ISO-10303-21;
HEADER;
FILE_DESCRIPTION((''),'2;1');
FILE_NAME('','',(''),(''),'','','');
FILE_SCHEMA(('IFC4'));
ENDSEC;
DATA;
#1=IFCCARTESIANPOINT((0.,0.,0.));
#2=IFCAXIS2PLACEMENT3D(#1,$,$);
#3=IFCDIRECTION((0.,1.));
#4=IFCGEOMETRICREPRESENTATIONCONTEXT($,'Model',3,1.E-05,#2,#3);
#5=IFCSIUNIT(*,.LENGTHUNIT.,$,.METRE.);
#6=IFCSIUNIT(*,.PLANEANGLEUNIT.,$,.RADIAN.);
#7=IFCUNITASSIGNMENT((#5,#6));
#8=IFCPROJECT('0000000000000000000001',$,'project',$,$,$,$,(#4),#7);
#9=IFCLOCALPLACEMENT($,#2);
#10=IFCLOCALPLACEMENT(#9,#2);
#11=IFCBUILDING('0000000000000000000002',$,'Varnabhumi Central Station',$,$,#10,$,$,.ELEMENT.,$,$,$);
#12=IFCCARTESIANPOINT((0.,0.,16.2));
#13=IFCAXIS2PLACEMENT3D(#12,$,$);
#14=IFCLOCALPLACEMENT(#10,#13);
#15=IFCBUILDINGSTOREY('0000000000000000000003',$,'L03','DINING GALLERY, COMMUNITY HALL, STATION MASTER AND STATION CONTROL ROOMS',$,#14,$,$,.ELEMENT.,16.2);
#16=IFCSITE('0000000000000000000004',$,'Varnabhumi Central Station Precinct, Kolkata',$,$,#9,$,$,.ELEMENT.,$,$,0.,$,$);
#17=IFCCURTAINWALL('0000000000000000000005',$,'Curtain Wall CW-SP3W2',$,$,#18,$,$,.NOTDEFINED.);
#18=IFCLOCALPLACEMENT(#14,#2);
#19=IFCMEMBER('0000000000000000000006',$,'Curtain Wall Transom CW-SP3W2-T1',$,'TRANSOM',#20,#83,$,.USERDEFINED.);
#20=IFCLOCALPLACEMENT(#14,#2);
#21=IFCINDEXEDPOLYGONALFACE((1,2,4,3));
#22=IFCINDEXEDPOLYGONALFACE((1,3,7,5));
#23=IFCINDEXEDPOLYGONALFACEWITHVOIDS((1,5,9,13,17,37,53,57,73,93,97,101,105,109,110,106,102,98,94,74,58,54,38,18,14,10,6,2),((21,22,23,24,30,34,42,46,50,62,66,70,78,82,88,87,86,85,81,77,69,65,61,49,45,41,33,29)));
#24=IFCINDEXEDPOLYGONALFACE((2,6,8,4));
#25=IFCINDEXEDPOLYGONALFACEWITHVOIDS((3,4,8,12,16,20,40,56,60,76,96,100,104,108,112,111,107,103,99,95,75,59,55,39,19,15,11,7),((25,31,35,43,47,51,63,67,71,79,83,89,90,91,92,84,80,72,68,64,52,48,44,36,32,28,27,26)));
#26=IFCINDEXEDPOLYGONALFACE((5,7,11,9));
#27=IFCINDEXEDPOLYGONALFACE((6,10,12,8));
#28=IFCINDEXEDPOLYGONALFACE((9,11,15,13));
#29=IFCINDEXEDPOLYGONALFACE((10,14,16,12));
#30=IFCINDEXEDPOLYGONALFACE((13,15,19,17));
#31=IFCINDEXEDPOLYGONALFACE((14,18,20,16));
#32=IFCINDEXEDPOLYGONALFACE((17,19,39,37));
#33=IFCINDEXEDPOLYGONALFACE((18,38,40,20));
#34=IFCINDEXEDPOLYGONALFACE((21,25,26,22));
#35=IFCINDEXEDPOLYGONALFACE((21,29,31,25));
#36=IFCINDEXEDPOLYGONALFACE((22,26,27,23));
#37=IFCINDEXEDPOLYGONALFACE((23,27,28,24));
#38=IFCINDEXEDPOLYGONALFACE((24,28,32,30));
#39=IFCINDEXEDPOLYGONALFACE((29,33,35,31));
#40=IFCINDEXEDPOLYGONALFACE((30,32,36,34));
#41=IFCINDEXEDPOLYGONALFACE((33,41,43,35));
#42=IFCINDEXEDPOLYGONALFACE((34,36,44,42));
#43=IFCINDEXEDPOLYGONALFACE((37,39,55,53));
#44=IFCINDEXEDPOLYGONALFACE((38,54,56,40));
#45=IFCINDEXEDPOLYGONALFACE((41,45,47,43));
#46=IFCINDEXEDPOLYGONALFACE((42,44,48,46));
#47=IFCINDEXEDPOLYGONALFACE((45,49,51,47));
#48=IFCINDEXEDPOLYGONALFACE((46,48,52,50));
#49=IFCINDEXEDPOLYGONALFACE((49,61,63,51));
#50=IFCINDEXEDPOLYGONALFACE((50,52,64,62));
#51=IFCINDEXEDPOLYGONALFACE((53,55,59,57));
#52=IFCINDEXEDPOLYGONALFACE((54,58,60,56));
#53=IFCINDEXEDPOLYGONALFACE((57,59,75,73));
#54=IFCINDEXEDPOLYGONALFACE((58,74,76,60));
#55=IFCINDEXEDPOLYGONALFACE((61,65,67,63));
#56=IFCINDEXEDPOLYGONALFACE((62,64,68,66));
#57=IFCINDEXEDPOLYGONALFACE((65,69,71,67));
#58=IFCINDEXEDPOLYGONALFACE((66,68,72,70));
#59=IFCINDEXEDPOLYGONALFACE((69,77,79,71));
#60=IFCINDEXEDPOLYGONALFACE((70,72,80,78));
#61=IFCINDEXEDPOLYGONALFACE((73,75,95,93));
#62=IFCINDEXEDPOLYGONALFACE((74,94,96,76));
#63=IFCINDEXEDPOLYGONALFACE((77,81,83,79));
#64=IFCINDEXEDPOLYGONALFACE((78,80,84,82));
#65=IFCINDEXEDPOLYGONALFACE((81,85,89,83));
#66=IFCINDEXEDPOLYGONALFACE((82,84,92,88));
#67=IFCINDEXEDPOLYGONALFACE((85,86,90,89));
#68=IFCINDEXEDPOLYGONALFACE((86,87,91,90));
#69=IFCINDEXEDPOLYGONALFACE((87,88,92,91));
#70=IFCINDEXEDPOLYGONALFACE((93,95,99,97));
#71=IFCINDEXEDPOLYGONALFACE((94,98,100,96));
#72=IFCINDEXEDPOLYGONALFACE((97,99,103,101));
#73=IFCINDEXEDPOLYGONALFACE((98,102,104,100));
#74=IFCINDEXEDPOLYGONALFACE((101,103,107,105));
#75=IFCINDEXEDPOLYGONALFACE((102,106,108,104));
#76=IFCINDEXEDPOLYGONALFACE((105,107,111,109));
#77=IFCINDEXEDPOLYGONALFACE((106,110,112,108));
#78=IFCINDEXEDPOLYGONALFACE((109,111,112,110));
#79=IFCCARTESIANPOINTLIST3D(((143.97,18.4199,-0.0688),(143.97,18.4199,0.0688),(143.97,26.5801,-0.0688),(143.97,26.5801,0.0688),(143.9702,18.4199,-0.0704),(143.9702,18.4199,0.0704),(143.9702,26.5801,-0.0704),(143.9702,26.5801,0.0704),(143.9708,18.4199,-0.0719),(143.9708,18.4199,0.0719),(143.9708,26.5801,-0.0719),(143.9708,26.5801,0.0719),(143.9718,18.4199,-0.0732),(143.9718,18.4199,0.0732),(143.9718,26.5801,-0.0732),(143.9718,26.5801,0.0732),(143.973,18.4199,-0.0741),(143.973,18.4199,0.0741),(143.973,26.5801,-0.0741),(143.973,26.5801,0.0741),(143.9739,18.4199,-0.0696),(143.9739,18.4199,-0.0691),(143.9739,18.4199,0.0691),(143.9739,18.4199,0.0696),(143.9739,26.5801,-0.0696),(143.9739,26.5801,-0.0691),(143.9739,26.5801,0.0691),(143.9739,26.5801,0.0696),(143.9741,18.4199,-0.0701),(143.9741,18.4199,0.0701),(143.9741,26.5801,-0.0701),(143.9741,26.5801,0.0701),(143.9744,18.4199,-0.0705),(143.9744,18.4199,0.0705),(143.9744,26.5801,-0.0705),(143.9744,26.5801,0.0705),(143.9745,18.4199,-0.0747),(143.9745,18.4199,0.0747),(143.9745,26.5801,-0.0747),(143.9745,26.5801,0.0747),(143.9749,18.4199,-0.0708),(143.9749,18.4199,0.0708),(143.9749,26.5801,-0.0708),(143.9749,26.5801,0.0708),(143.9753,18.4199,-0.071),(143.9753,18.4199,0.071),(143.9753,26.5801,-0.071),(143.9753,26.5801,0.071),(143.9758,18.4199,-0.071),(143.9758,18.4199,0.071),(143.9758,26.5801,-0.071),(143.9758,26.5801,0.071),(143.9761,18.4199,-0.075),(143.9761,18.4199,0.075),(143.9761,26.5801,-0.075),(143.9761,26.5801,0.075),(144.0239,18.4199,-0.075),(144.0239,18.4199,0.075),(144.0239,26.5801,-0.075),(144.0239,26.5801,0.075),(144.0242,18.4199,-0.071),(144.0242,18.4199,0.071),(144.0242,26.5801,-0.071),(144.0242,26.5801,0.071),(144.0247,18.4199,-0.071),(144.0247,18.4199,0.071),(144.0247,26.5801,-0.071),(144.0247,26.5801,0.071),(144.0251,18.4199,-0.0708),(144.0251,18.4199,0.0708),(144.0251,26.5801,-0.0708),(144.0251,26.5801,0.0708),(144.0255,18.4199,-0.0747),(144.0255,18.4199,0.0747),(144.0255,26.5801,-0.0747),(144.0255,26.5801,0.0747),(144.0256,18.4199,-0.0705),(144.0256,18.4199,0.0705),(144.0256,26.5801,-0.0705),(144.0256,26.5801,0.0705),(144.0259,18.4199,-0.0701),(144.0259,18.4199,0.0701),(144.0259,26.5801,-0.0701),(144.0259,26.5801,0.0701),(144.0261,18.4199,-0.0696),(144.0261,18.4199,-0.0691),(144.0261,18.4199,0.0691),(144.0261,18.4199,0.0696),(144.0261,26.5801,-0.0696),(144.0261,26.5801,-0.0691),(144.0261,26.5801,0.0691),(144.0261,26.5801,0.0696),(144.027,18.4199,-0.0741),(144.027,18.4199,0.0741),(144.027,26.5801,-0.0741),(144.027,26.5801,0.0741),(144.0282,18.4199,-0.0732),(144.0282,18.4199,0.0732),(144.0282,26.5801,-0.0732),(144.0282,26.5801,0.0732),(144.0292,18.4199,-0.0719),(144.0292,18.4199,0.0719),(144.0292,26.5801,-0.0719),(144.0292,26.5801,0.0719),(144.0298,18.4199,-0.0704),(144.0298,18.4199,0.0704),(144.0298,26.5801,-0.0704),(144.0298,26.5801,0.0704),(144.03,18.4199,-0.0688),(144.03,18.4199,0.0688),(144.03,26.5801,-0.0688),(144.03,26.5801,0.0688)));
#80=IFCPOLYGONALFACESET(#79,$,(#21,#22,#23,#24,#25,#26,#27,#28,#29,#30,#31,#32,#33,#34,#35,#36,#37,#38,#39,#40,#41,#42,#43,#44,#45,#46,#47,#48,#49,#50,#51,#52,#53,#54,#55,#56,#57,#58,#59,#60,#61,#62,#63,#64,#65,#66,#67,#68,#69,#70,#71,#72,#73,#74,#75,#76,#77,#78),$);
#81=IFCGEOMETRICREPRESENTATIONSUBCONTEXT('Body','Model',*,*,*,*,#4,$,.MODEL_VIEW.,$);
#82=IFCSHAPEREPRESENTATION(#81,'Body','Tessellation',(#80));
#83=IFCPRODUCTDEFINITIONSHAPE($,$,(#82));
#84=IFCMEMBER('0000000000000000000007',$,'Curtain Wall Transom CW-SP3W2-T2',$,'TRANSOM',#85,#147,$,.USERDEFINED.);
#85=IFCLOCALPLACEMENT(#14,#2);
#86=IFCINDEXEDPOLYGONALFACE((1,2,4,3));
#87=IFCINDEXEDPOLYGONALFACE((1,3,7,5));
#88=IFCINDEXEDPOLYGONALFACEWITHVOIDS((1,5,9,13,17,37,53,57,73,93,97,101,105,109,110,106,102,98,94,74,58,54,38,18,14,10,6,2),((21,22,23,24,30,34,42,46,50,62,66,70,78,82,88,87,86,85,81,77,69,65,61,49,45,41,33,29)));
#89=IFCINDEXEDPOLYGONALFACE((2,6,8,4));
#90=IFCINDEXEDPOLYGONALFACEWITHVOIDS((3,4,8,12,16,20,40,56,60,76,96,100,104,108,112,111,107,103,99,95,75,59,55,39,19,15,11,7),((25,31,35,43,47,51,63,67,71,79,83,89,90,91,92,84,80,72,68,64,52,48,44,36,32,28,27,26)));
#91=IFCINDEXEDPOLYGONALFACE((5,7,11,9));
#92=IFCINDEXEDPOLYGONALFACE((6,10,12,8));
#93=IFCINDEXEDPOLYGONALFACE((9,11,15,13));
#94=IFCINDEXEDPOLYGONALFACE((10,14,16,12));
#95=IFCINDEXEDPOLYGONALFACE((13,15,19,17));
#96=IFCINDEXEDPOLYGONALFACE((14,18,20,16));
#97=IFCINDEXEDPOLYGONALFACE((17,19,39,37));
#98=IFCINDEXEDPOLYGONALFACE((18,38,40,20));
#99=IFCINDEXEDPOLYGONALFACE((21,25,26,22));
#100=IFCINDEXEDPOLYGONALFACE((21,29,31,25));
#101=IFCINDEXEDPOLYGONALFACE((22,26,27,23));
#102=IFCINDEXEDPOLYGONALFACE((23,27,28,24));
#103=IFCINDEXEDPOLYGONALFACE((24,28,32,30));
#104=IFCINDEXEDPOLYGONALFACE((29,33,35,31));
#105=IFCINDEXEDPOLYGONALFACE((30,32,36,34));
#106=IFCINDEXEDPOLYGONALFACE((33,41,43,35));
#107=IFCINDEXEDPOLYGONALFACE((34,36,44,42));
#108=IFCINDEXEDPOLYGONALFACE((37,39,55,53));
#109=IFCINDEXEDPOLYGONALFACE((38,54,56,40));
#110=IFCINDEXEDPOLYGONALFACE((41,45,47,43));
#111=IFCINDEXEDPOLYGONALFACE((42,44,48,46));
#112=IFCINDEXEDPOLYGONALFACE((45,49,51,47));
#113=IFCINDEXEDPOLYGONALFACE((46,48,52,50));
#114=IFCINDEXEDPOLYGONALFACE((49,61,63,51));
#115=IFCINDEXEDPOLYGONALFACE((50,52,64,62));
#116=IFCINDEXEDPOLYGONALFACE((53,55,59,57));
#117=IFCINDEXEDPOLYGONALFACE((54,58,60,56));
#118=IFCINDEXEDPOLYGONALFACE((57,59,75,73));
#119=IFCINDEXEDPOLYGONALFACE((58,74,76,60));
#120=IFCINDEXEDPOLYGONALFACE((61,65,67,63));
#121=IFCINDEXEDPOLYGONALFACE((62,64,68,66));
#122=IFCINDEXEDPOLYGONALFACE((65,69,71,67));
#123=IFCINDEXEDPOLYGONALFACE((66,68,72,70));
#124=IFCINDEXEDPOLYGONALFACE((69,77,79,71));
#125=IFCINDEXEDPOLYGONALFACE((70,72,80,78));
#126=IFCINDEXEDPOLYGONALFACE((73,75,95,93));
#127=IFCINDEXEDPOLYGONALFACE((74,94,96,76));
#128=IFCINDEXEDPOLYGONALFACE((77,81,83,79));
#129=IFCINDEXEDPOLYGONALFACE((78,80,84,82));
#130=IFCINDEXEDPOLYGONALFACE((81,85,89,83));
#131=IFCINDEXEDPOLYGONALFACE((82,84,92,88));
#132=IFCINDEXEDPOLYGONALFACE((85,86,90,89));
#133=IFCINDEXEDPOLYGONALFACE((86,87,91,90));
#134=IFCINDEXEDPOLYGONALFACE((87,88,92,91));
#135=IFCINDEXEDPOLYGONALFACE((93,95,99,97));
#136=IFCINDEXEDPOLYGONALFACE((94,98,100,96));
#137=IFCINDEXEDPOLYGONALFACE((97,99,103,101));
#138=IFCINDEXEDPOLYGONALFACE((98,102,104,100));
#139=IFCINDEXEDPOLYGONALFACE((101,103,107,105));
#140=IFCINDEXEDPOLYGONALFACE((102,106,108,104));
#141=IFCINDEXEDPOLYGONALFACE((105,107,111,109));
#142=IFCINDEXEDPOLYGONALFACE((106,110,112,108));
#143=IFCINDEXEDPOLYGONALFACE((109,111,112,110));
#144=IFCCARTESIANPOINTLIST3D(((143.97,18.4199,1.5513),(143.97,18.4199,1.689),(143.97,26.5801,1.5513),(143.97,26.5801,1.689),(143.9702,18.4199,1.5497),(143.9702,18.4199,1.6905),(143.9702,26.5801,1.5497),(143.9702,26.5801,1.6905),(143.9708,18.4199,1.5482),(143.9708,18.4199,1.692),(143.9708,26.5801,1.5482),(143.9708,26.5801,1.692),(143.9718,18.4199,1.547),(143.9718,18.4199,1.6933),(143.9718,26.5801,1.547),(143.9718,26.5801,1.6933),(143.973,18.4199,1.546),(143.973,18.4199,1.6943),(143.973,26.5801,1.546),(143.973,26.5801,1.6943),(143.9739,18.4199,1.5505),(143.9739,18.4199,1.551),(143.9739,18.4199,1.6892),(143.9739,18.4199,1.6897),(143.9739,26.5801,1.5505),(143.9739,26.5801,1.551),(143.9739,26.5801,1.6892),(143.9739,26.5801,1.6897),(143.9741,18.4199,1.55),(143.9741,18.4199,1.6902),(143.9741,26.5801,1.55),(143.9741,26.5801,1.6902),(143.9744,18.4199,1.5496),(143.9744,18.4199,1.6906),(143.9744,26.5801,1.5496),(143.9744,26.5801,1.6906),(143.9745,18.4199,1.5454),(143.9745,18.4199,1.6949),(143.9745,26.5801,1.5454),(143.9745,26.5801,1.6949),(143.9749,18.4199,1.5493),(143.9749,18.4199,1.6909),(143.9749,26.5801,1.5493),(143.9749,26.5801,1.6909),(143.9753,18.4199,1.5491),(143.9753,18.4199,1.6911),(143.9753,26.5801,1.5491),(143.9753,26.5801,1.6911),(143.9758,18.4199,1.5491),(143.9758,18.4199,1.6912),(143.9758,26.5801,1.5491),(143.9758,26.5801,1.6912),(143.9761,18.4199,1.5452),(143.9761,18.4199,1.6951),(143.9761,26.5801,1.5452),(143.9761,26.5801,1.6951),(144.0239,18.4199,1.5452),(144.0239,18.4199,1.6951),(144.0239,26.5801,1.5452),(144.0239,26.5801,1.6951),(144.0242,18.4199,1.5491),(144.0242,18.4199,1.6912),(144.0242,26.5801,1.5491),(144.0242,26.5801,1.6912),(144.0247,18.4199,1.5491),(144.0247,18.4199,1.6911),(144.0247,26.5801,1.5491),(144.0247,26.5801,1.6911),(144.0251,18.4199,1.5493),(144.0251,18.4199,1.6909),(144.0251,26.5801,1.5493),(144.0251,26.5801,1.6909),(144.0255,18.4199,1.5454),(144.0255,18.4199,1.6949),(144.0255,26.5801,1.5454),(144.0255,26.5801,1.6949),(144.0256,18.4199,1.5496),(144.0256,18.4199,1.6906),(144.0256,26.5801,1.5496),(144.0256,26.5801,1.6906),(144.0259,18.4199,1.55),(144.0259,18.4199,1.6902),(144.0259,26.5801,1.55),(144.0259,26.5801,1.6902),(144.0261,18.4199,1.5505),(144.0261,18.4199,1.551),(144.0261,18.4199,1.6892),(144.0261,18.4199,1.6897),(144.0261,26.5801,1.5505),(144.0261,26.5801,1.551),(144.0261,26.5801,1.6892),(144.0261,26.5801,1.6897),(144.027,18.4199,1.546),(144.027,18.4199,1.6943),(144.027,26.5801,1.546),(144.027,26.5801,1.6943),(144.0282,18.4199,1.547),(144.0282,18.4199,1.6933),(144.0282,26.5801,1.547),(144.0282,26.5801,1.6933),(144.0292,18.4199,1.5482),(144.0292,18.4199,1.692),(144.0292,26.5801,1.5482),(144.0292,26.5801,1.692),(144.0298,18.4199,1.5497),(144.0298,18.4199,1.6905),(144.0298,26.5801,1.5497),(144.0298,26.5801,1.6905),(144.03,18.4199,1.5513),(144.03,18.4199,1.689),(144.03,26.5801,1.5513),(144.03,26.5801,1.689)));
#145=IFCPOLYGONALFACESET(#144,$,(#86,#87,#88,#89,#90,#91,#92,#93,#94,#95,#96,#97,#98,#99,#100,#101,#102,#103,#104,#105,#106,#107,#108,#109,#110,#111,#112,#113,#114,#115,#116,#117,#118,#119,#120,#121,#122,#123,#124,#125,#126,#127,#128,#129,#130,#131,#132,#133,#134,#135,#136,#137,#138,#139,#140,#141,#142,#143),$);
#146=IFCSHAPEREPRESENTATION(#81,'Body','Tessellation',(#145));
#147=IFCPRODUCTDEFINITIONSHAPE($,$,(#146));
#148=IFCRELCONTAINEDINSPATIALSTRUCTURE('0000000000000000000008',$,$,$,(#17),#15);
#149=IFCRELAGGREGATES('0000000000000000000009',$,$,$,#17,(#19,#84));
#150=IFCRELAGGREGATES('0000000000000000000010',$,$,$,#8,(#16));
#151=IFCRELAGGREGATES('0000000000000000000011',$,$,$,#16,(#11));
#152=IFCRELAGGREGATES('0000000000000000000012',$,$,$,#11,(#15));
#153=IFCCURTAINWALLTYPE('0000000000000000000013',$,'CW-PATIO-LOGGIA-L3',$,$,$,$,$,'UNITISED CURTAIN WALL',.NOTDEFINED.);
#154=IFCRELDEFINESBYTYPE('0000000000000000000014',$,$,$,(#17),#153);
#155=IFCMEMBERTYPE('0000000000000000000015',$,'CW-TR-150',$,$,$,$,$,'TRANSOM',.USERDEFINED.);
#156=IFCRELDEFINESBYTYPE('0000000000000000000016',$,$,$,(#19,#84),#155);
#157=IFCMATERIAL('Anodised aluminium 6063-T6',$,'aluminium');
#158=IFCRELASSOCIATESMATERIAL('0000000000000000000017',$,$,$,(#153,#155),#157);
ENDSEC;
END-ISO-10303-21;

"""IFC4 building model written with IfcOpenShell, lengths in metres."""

from ifc_helpers import new_model, si_unit, direction, frame, origin, origin_2d, place, context, subcontext, project, spatial, hollow_rectangle, extrude, material, material_profile, profile_set, type_object, element, aggregate, save


model = new_model("IFC4")

# Units and contexts
model_context = context("Model", 3, precision=1e-05, world=origin(), true_north=direction((0.0, 1.0)))
body_context = subcontext(model_context, "Body", "Model", "MODEL_VIEW")
ifc_project = project(units=[si_unit("LENGTHUNIT", "METRE"), si_unit("PLANEANGLEUNIT", "RADIAN")], contexts=[model_context])

# Site, building, storey
site_placement = place(None, origin())
site = spatial("IfcSite", under=ifc_project, at=site_placement, Name="Varnabhumi Central Station Precinct, Kolkata", CompositionType="ELEMENT", RefElevation=0.0)
building_placement = place(site_placement, origin())
building = spatial("IfcBuilding", under=site, at=building_placement, Name="Varnabhumi Central Station", CompositionType="ELEMENT")
storey_placement = place(building_placement, frame((0.0, 0.0, 16.2)))
storey = spatial("IfcBuildingStorey", under=building, at=storey_placement, Name="L03", Description="DINING GALLERY, COMMUNITY HALL, STATION MASTER AND STATION CONTROL ROOMS", CompositionType="ELEMENT", Elevation=16.2)

# Curtain wall
ifc_material_1 = material(Name="Anodised aluminium 6063-T6", Category="aluminium")
curtain_wall_type = type_object("IfcCurtainWallType", Name="CW-PATIO-LOGGIA-L3", ElementType="UNITISED CURTAIN WALL", PredefinedType="NOTDEFINED", material=ifc_material_1)
curtain_wall_1_placement = place(storey_placement, origin())
curtain_wall_1 = element("IfcCurtainWall", 1, at=curtain_wall_1_placement, inside=storey, type_object=curtain_wall_type, Name="Curtain Wall CW-SP3W2", PredefinedType="NOTDEFINED")

# Members
ifc_material_profile_1 = material_profile(ifc_material_1, hollow_rectangle(XDim=0.0601, YDim=0.1499, WallThickness=0.0039, InnerFilletRadius=0.002, OuterFilletRadius=0.0061, at=origin_2d()), Name="Anodised aluminium 6063-T6", Category="aluminium")
ifc_profile_set_1 = profile_set([ifc_material_profile_1], Name="Anodised aluminium 6063-T6")
member_type_1 = type_object("IfcMemberType", Name="CW-TR-150", ElementType="TRANSOM", PredefinedType="USERDEFINED", material=ifc_profile_set_1)
member_1_placement = place(storey_placement, frame((144.0, 18.4199, 0.0), z_axis=(0.0, 1.0, 0.0), x_axis=(-1.0, 0.0, 0.0)))
member_1 = element("IfcMember", 2, at=member_1_placement, type_object=member_type_1, Name="Curtain Wall Transom CW-SP3W2-T1", ObjectType="TRANSOM", PredefinedType="USERDEFINED", context=body_context, shape_type="SweptSolid", body=[
    extrude(hollow_rectangle(XDim=0.0601, YDim=0.1499, WallThickness=0.0039, InnerFilletRadius=0.002, OuterFilletRadius=0.0061, at=origin_2d()), origin(), (0.0, 0.0, 1.0), 8.1602),
])
member_2_placement = place(storey_placement, frame((144.0, 18.4199, 1.6201), z_axis=(0.0, 1.0, 0.0), x_axis=(-1.0, 0.0, 0.0)))
member_2 = element("IfcMember", 3, at=member_2_placement, type_object=member_type_1, Name="Curtain Wall Transom CW-SP3W2-T2", ObjectType="TRANSOM", PredefinedType="USERDEFINED", context=body_context, shape_type="SweptSolid", body=[
    extrude(hollow_rectangle(XDim=0.0601, YDim=0.1499, WallThickness=0.0039, InnerFilletRadius=0.002, OuterFilletRadius=0.0061, at=origin_2d()), origin(), (0.0, 0.0, 1.0), 8.1602),
])

aggregate(curtain_wall_1, [member_1, member_2])

save(model, "model.ifc")
